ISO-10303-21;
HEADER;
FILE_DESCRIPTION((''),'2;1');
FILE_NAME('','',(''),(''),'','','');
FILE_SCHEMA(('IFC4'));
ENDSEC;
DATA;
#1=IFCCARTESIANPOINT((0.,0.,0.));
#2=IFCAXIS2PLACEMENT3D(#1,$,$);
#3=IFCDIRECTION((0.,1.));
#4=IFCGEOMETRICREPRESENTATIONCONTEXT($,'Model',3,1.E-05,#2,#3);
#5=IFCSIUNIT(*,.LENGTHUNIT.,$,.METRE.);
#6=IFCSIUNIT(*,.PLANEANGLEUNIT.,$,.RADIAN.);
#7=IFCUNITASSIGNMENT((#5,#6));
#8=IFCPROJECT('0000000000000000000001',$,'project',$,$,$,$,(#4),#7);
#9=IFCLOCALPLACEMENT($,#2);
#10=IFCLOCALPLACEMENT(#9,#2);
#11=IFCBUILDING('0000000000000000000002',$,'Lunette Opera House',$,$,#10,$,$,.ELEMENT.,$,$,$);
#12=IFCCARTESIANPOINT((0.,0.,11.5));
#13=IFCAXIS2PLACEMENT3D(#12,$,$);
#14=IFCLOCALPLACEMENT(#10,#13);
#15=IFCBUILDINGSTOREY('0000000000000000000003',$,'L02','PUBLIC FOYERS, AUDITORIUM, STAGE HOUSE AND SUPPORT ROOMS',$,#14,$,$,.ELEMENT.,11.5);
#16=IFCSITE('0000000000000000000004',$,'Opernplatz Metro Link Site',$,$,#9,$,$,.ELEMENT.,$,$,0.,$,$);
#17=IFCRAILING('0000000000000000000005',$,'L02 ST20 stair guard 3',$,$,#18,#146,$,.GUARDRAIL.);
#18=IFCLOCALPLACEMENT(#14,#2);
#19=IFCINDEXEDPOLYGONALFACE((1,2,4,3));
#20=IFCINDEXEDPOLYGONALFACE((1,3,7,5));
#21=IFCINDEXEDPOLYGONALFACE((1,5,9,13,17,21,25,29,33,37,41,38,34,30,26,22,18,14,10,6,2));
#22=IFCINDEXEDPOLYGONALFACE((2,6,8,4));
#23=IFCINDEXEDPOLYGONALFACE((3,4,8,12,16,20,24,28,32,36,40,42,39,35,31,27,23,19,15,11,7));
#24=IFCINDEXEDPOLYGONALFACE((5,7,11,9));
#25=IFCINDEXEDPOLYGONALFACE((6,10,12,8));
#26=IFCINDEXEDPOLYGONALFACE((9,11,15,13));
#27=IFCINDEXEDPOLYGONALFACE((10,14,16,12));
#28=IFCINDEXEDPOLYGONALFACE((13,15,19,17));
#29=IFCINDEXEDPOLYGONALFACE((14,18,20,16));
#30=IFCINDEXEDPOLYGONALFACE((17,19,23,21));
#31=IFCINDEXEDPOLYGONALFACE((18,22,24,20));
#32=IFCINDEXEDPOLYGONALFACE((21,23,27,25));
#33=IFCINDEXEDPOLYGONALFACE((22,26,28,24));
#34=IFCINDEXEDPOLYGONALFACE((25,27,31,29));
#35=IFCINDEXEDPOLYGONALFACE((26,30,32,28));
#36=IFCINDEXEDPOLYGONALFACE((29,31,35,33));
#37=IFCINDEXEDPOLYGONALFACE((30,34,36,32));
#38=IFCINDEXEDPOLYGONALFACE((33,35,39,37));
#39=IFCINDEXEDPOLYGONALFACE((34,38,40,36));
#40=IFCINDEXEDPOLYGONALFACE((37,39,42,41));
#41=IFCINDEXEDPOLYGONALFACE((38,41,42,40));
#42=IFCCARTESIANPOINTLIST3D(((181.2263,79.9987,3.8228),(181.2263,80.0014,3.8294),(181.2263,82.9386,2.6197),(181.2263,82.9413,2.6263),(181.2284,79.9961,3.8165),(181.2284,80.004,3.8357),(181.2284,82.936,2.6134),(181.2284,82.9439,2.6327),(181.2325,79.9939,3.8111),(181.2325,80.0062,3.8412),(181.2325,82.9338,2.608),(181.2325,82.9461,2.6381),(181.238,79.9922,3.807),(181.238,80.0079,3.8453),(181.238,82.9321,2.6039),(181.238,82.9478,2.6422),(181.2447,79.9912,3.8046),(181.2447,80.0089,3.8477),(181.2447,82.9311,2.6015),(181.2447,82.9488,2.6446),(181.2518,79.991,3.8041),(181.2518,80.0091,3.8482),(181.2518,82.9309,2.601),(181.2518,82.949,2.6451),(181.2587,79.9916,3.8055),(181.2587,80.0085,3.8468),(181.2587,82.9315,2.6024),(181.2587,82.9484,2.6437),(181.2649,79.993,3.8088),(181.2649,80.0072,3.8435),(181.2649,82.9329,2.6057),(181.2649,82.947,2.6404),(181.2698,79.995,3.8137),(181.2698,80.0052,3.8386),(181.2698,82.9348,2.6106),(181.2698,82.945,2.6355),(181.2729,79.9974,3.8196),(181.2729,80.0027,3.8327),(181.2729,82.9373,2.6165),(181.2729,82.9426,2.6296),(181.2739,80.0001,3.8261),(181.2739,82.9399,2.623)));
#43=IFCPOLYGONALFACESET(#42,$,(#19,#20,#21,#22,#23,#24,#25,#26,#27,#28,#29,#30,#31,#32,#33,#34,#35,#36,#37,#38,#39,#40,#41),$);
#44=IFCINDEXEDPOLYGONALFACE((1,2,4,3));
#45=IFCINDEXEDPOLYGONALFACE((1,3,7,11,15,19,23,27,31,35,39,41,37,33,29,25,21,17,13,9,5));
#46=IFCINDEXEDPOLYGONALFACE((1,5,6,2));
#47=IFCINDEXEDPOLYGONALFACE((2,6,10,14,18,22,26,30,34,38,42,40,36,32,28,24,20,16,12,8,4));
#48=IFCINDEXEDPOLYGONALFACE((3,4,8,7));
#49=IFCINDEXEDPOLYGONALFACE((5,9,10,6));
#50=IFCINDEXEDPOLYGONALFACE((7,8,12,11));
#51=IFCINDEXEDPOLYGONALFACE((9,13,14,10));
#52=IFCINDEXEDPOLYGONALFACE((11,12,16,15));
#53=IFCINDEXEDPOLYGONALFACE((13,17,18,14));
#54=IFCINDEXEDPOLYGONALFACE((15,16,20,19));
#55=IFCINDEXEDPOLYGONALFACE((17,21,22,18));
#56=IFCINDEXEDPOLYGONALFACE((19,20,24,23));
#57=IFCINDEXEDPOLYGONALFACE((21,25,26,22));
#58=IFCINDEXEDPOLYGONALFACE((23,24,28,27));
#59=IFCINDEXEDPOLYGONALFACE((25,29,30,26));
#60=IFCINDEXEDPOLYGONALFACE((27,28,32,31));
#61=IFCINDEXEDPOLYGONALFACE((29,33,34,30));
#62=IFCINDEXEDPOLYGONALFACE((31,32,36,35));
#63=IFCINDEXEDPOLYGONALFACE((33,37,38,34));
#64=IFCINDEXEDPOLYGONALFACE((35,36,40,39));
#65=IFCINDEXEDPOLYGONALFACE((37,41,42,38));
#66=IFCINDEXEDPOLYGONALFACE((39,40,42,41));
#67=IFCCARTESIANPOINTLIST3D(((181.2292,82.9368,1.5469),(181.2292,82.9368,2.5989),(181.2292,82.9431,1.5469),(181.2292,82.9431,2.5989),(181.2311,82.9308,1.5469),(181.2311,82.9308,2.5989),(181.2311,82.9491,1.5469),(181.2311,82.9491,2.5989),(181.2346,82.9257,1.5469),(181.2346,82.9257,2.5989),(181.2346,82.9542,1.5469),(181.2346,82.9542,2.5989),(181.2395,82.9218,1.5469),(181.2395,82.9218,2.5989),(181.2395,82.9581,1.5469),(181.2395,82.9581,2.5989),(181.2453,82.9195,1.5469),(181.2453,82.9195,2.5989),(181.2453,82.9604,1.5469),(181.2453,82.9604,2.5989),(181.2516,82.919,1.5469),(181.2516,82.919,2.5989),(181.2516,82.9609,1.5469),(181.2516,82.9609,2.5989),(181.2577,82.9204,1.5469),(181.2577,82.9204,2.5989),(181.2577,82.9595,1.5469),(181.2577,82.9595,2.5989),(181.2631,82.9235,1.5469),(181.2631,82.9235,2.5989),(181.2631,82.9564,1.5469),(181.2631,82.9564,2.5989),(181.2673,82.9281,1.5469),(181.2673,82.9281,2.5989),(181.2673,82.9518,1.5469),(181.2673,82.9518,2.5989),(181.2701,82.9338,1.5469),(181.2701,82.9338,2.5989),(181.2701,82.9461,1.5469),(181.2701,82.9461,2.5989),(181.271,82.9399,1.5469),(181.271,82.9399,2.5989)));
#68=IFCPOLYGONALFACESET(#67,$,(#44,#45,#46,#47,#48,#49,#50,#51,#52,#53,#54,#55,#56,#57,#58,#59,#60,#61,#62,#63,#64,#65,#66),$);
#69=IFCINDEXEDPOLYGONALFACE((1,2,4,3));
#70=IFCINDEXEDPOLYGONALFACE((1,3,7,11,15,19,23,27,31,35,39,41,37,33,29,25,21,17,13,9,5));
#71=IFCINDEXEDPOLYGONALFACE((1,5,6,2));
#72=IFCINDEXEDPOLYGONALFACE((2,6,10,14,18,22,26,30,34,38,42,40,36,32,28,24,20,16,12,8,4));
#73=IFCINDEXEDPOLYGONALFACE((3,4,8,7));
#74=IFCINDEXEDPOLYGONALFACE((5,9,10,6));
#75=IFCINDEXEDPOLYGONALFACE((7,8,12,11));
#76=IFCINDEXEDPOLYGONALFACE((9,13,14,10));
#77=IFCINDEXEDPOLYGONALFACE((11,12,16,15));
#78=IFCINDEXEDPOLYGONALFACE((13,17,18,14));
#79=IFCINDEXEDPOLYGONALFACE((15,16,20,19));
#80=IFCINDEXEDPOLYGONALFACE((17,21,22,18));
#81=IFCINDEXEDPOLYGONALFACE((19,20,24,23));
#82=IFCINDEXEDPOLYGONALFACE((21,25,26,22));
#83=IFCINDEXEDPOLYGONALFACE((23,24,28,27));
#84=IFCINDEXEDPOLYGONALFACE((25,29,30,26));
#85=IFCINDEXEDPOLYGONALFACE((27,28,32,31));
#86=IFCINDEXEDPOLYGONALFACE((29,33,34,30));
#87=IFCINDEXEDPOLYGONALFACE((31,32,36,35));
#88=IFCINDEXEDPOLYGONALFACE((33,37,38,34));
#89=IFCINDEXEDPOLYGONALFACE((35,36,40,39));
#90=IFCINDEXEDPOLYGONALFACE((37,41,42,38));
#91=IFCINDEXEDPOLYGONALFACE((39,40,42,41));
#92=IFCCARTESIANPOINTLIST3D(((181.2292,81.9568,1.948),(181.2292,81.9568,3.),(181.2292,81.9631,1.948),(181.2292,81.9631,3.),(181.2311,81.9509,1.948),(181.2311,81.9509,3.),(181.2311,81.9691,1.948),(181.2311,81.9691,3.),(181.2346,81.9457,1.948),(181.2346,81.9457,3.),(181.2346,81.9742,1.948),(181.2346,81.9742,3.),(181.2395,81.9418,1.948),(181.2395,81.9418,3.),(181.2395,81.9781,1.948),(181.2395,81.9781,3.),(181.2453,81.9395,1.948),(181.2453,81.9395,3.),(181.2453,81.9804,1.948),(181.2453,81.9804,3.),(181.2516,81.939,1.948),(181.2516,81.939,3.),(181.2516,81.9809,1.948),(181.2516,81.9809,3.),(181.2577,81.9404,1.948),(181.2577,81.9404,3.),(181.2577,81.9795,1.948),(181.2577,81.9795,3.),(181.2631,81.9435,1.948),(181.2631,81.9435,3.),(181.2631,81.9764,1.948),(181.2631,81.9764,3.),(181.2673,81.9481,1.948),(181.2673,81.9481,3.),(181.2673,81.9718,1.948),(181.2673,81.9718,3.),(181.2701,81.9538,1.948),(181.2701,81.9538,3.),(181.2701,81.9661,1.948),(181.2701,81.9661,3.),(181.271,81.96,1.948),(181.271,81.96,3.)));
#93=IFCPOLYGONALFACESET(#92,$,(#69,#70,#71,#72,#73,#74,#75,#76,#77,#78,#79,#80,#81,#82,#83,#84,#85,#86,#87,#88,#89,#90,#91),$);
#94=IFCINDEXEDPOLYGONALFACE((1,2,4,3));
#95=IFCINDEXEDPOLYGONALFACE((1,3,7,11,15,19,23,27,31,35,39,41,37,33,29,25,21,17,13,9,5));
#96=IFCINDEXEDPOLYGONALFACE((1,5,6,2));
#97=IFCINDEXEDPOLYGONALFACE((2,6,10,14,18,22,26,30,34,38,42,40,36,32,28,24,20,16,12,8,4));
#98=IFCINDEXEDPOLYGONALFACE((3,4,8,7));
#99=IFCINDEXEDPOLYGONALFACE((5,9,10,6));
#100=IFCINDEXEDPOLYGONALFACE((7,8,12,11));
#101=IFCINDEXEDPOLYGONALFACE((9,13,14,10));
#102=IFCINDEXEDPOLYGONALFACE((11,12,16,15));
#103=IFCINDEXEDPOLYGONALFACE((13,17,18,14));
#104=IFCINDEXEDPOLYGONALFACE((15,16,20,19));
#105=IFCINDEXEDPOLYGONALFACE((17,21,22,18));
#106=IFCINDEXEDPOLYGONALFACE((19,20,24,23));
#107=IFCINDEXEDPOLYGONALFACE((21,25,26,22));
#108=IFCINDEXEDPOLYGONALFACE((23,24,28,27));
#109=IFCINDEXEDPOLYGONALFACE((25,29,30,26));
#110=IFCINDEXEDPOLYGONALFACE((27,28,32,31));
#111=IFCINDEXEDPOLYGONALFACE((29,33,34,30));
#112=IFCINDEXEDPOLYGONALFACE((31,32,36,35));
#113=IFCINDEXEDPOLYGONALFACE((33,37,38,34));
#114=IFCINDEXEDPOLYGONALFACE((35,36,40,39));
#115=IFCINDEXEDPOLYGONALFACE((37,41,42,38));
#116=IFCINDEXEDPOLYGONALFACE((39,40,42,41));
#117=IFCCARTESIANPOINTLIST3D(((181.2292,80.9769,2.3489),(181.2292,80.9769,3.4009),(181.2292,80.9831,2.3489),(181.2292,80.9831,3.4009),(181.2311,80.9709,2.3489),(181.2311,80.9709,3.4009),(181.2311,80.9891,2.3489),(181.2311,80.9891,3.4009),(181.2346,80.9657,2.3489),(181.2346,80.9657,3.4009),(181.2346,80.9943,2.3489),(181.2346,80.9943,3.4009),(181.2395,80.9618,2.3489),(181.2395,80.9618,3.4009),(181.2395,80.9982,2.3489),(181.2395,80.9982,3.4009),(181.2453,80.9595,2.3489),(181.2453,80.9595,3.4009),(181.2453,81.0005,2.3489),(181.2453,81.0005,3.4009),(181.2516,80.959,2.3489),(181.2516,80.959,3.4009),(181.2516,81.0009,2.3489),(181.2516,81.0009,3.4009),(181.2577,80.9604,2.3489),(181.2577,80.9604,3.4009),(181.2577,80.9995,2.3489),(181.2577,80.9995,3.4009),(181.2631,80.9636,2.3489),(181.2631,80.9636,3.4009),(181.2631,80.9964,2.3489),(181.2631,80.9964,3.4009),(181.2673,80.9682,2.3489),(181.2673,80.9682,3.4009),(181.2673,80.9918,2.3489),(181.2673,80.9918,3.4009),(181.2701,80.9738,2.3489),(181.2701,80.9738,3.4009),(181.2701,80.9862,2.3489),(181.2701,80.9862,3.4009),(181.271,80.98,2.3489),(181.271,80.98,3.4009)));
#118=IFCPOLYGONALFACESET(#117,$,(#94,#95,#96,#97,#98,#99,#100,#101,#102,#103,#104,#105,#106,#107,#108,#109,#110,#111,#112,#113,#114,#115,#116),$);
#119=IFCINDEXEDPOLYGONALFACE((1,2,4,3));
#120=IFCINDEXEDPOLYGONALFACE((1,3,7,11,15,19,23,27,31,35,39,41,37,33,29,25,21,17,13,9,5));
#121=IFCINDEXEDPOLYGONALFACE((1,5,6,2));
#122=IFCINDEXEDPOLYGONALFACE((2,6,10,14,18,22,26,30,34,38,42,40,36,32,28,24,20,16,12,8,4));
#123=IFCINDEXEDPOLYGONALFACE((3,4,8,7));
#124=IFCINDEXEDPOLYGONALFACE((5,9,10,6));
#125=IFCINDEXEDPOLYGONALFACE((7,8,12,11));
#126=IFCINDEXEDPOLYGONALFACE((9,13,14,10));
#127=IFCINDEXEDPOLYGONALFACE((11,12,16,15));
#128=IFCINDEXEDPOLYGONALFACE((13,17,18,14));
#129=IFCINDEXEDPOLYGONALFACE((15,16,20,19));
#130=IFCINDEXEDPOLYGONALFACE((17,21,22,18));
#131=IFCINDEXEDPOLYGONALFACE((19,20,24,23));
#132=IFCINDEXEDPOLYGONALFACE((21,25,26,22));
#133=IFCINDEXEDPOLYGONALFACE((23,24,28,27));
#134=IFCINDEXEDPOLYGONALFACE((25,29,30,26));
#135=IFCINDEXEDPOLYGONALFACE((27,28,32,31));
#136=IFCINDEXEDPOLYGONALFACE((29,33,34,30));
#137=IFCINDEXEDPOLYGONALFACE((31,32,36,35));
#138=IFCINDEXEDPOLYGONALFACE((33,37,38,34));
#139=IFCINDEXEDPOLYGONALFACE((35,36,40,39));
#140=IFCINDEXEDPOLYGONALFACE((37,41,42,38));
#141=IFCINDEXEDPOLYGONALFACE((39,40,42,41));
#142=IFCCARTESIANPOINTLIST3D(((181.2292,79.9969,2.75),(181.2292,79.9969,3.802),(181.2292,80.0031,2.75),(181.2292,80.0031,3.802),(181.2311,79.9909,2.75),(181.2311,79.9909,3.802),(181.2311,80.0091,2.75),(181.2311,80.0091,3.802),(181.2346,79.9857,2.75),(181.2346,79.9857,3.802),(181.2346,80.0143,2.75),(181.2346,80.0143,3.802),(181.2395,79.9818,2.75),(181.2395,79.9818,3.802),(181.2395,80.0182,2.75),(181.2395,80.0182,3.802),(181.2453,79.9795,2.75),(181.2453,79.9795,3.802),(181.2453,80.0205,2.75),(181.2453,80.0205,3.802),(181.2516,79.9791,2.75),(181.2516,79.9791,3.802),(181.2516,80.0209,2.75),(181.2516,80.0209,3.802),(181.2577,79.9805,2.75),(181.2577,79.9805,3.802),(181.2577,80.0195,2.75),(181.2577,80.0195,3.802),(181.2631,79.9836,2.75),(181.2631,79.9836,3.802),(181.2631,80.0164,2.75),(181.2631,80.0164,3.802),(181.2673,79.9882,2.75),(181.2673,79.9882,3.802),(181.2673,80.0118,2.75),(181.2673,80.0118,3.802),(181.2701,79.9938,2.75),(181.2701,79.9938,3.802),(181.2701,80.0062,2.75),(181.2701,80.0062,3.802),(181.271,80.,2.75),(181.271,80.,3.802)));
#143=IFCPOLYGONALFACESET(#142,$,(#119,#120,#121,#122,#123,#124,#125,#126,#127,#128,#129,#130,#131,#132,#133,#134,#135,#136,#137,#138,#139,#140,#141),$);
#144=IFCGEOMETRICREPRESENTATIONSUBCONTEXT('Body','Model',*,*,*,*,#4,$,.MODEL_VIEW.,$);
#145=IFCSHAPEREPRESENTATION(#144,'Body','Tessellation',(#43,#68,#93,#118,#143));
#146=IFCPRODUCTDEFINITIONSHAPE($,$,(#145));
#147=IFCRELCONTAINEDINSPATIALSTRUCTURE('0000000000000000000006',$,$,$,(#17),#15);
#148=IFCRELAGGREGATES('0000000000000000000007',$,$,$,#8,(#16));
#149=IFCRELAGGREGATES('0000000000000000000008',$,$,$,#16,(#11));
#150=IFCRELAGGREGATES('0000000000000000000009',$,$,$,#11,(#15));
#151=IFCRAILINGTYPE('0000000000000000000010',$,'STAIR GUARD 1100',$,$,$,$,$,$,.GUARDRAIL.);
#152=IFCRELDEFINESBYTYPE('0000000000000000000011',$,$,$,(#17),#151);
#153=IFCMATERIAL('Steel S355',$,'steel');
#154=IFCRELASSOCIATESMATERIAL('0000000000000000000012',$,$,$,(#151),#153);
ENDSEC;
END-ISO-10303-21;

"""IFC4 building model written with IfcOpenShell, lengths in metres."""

from ifc_helpers import new_model, si_unit, direction, frame, origin, origin_2d, place, context, subcontext, project, spatial, circle, extrude, material, type_object, element, save


model = new_model("IFC4")

# Units and contexts
model_context = context("Model", 3, precision=1e-05, world=origin(), true_north=direction((0.0, 1.0)))
body_context = subcontext(model_context, "Body", "Model", "MODEL_VIEW")
ifc_project = project(units=[si_unit("LENGTHUNIT", "METRE"), si_unit("PLANEANGLEUNIT", "RADIAN")], contexts=[model_context])

# Site, building, storey
site_placement = place(None, origin())
site = spatial("IfcSite", under=ifc_project, at=site_placement, Name="Opernplatz Metro Link Site", CompositionType="ELEMENT", RefElevation=0.0)
building_placement = place(site_placement, origin())
building = spatial("IfcBuilding", under=site, at=building_placement, Name="Lunette Opera House", CompositionType="ELEMENT")
storey_placement = place(building_placement, frame((0.0, 0.0, 11.5)))
storey = spatial("IfcBuildingStorey", under=building, at=storey_placement, Name="L02", Description="PUBLIC FOYERS, AUDITORIUM, STAGE HOUSE AND SUPPORT ROOMS", CompositionType="ELEMENT", Elevation=11.5)

# Railing
ifc_material_1 = material(Name="Steel S355", Category="steel")
railing_type_1 = type_object("IfcRailingType", Name="STAIR GUARD 1100", PredefinedType="GUARDRAIL", material=ifc_material_1)
railing_1_placement = place(storey_placement, frame((181.25, 82.9399, 1.5469)))
element("IfcRailing", 1, at=railing_1_placement, inside=storey, type_object=railing_type_1, Name="L02 ST20 stair guard 3", PredefinedType="GUARDRAIL", context=body_context, shape_type="SweptSolid", body=[
    extrude(circle(Radius=0.0239, at=origin_2d()), frame((0.0, 0.0, 1.0762), z_axis=(0.0, -0.9255, 0.378747), x_axis=(1.0, 0.0, 0.0)), (0.0, 0.0, 1.0), 3.1765),
    extrude(circle(Radius=0.021, at=origin_2d()), origin(), (0.0, 0.0, 1.0), 1.052),
    extrude(circle(Radius=0.021, at=origin_2d()), frame((0.0, -0.98, 0.4011)), (0.0, 0.0, 1.0), 1.052),
    extrude(circle(Radius=0.021, at=origin_2d()), frame((0.0, -1.96, 0.802)), (0.0, 0.0, 1.0), 1.052),
    extrude(circle(Radius=0.021, at=origin_2d()), frame((0.0, -2.9399, 1.2031)), (0.0, 0.0, 1.0), 1.052),
])

save(model, "model.ifc")
